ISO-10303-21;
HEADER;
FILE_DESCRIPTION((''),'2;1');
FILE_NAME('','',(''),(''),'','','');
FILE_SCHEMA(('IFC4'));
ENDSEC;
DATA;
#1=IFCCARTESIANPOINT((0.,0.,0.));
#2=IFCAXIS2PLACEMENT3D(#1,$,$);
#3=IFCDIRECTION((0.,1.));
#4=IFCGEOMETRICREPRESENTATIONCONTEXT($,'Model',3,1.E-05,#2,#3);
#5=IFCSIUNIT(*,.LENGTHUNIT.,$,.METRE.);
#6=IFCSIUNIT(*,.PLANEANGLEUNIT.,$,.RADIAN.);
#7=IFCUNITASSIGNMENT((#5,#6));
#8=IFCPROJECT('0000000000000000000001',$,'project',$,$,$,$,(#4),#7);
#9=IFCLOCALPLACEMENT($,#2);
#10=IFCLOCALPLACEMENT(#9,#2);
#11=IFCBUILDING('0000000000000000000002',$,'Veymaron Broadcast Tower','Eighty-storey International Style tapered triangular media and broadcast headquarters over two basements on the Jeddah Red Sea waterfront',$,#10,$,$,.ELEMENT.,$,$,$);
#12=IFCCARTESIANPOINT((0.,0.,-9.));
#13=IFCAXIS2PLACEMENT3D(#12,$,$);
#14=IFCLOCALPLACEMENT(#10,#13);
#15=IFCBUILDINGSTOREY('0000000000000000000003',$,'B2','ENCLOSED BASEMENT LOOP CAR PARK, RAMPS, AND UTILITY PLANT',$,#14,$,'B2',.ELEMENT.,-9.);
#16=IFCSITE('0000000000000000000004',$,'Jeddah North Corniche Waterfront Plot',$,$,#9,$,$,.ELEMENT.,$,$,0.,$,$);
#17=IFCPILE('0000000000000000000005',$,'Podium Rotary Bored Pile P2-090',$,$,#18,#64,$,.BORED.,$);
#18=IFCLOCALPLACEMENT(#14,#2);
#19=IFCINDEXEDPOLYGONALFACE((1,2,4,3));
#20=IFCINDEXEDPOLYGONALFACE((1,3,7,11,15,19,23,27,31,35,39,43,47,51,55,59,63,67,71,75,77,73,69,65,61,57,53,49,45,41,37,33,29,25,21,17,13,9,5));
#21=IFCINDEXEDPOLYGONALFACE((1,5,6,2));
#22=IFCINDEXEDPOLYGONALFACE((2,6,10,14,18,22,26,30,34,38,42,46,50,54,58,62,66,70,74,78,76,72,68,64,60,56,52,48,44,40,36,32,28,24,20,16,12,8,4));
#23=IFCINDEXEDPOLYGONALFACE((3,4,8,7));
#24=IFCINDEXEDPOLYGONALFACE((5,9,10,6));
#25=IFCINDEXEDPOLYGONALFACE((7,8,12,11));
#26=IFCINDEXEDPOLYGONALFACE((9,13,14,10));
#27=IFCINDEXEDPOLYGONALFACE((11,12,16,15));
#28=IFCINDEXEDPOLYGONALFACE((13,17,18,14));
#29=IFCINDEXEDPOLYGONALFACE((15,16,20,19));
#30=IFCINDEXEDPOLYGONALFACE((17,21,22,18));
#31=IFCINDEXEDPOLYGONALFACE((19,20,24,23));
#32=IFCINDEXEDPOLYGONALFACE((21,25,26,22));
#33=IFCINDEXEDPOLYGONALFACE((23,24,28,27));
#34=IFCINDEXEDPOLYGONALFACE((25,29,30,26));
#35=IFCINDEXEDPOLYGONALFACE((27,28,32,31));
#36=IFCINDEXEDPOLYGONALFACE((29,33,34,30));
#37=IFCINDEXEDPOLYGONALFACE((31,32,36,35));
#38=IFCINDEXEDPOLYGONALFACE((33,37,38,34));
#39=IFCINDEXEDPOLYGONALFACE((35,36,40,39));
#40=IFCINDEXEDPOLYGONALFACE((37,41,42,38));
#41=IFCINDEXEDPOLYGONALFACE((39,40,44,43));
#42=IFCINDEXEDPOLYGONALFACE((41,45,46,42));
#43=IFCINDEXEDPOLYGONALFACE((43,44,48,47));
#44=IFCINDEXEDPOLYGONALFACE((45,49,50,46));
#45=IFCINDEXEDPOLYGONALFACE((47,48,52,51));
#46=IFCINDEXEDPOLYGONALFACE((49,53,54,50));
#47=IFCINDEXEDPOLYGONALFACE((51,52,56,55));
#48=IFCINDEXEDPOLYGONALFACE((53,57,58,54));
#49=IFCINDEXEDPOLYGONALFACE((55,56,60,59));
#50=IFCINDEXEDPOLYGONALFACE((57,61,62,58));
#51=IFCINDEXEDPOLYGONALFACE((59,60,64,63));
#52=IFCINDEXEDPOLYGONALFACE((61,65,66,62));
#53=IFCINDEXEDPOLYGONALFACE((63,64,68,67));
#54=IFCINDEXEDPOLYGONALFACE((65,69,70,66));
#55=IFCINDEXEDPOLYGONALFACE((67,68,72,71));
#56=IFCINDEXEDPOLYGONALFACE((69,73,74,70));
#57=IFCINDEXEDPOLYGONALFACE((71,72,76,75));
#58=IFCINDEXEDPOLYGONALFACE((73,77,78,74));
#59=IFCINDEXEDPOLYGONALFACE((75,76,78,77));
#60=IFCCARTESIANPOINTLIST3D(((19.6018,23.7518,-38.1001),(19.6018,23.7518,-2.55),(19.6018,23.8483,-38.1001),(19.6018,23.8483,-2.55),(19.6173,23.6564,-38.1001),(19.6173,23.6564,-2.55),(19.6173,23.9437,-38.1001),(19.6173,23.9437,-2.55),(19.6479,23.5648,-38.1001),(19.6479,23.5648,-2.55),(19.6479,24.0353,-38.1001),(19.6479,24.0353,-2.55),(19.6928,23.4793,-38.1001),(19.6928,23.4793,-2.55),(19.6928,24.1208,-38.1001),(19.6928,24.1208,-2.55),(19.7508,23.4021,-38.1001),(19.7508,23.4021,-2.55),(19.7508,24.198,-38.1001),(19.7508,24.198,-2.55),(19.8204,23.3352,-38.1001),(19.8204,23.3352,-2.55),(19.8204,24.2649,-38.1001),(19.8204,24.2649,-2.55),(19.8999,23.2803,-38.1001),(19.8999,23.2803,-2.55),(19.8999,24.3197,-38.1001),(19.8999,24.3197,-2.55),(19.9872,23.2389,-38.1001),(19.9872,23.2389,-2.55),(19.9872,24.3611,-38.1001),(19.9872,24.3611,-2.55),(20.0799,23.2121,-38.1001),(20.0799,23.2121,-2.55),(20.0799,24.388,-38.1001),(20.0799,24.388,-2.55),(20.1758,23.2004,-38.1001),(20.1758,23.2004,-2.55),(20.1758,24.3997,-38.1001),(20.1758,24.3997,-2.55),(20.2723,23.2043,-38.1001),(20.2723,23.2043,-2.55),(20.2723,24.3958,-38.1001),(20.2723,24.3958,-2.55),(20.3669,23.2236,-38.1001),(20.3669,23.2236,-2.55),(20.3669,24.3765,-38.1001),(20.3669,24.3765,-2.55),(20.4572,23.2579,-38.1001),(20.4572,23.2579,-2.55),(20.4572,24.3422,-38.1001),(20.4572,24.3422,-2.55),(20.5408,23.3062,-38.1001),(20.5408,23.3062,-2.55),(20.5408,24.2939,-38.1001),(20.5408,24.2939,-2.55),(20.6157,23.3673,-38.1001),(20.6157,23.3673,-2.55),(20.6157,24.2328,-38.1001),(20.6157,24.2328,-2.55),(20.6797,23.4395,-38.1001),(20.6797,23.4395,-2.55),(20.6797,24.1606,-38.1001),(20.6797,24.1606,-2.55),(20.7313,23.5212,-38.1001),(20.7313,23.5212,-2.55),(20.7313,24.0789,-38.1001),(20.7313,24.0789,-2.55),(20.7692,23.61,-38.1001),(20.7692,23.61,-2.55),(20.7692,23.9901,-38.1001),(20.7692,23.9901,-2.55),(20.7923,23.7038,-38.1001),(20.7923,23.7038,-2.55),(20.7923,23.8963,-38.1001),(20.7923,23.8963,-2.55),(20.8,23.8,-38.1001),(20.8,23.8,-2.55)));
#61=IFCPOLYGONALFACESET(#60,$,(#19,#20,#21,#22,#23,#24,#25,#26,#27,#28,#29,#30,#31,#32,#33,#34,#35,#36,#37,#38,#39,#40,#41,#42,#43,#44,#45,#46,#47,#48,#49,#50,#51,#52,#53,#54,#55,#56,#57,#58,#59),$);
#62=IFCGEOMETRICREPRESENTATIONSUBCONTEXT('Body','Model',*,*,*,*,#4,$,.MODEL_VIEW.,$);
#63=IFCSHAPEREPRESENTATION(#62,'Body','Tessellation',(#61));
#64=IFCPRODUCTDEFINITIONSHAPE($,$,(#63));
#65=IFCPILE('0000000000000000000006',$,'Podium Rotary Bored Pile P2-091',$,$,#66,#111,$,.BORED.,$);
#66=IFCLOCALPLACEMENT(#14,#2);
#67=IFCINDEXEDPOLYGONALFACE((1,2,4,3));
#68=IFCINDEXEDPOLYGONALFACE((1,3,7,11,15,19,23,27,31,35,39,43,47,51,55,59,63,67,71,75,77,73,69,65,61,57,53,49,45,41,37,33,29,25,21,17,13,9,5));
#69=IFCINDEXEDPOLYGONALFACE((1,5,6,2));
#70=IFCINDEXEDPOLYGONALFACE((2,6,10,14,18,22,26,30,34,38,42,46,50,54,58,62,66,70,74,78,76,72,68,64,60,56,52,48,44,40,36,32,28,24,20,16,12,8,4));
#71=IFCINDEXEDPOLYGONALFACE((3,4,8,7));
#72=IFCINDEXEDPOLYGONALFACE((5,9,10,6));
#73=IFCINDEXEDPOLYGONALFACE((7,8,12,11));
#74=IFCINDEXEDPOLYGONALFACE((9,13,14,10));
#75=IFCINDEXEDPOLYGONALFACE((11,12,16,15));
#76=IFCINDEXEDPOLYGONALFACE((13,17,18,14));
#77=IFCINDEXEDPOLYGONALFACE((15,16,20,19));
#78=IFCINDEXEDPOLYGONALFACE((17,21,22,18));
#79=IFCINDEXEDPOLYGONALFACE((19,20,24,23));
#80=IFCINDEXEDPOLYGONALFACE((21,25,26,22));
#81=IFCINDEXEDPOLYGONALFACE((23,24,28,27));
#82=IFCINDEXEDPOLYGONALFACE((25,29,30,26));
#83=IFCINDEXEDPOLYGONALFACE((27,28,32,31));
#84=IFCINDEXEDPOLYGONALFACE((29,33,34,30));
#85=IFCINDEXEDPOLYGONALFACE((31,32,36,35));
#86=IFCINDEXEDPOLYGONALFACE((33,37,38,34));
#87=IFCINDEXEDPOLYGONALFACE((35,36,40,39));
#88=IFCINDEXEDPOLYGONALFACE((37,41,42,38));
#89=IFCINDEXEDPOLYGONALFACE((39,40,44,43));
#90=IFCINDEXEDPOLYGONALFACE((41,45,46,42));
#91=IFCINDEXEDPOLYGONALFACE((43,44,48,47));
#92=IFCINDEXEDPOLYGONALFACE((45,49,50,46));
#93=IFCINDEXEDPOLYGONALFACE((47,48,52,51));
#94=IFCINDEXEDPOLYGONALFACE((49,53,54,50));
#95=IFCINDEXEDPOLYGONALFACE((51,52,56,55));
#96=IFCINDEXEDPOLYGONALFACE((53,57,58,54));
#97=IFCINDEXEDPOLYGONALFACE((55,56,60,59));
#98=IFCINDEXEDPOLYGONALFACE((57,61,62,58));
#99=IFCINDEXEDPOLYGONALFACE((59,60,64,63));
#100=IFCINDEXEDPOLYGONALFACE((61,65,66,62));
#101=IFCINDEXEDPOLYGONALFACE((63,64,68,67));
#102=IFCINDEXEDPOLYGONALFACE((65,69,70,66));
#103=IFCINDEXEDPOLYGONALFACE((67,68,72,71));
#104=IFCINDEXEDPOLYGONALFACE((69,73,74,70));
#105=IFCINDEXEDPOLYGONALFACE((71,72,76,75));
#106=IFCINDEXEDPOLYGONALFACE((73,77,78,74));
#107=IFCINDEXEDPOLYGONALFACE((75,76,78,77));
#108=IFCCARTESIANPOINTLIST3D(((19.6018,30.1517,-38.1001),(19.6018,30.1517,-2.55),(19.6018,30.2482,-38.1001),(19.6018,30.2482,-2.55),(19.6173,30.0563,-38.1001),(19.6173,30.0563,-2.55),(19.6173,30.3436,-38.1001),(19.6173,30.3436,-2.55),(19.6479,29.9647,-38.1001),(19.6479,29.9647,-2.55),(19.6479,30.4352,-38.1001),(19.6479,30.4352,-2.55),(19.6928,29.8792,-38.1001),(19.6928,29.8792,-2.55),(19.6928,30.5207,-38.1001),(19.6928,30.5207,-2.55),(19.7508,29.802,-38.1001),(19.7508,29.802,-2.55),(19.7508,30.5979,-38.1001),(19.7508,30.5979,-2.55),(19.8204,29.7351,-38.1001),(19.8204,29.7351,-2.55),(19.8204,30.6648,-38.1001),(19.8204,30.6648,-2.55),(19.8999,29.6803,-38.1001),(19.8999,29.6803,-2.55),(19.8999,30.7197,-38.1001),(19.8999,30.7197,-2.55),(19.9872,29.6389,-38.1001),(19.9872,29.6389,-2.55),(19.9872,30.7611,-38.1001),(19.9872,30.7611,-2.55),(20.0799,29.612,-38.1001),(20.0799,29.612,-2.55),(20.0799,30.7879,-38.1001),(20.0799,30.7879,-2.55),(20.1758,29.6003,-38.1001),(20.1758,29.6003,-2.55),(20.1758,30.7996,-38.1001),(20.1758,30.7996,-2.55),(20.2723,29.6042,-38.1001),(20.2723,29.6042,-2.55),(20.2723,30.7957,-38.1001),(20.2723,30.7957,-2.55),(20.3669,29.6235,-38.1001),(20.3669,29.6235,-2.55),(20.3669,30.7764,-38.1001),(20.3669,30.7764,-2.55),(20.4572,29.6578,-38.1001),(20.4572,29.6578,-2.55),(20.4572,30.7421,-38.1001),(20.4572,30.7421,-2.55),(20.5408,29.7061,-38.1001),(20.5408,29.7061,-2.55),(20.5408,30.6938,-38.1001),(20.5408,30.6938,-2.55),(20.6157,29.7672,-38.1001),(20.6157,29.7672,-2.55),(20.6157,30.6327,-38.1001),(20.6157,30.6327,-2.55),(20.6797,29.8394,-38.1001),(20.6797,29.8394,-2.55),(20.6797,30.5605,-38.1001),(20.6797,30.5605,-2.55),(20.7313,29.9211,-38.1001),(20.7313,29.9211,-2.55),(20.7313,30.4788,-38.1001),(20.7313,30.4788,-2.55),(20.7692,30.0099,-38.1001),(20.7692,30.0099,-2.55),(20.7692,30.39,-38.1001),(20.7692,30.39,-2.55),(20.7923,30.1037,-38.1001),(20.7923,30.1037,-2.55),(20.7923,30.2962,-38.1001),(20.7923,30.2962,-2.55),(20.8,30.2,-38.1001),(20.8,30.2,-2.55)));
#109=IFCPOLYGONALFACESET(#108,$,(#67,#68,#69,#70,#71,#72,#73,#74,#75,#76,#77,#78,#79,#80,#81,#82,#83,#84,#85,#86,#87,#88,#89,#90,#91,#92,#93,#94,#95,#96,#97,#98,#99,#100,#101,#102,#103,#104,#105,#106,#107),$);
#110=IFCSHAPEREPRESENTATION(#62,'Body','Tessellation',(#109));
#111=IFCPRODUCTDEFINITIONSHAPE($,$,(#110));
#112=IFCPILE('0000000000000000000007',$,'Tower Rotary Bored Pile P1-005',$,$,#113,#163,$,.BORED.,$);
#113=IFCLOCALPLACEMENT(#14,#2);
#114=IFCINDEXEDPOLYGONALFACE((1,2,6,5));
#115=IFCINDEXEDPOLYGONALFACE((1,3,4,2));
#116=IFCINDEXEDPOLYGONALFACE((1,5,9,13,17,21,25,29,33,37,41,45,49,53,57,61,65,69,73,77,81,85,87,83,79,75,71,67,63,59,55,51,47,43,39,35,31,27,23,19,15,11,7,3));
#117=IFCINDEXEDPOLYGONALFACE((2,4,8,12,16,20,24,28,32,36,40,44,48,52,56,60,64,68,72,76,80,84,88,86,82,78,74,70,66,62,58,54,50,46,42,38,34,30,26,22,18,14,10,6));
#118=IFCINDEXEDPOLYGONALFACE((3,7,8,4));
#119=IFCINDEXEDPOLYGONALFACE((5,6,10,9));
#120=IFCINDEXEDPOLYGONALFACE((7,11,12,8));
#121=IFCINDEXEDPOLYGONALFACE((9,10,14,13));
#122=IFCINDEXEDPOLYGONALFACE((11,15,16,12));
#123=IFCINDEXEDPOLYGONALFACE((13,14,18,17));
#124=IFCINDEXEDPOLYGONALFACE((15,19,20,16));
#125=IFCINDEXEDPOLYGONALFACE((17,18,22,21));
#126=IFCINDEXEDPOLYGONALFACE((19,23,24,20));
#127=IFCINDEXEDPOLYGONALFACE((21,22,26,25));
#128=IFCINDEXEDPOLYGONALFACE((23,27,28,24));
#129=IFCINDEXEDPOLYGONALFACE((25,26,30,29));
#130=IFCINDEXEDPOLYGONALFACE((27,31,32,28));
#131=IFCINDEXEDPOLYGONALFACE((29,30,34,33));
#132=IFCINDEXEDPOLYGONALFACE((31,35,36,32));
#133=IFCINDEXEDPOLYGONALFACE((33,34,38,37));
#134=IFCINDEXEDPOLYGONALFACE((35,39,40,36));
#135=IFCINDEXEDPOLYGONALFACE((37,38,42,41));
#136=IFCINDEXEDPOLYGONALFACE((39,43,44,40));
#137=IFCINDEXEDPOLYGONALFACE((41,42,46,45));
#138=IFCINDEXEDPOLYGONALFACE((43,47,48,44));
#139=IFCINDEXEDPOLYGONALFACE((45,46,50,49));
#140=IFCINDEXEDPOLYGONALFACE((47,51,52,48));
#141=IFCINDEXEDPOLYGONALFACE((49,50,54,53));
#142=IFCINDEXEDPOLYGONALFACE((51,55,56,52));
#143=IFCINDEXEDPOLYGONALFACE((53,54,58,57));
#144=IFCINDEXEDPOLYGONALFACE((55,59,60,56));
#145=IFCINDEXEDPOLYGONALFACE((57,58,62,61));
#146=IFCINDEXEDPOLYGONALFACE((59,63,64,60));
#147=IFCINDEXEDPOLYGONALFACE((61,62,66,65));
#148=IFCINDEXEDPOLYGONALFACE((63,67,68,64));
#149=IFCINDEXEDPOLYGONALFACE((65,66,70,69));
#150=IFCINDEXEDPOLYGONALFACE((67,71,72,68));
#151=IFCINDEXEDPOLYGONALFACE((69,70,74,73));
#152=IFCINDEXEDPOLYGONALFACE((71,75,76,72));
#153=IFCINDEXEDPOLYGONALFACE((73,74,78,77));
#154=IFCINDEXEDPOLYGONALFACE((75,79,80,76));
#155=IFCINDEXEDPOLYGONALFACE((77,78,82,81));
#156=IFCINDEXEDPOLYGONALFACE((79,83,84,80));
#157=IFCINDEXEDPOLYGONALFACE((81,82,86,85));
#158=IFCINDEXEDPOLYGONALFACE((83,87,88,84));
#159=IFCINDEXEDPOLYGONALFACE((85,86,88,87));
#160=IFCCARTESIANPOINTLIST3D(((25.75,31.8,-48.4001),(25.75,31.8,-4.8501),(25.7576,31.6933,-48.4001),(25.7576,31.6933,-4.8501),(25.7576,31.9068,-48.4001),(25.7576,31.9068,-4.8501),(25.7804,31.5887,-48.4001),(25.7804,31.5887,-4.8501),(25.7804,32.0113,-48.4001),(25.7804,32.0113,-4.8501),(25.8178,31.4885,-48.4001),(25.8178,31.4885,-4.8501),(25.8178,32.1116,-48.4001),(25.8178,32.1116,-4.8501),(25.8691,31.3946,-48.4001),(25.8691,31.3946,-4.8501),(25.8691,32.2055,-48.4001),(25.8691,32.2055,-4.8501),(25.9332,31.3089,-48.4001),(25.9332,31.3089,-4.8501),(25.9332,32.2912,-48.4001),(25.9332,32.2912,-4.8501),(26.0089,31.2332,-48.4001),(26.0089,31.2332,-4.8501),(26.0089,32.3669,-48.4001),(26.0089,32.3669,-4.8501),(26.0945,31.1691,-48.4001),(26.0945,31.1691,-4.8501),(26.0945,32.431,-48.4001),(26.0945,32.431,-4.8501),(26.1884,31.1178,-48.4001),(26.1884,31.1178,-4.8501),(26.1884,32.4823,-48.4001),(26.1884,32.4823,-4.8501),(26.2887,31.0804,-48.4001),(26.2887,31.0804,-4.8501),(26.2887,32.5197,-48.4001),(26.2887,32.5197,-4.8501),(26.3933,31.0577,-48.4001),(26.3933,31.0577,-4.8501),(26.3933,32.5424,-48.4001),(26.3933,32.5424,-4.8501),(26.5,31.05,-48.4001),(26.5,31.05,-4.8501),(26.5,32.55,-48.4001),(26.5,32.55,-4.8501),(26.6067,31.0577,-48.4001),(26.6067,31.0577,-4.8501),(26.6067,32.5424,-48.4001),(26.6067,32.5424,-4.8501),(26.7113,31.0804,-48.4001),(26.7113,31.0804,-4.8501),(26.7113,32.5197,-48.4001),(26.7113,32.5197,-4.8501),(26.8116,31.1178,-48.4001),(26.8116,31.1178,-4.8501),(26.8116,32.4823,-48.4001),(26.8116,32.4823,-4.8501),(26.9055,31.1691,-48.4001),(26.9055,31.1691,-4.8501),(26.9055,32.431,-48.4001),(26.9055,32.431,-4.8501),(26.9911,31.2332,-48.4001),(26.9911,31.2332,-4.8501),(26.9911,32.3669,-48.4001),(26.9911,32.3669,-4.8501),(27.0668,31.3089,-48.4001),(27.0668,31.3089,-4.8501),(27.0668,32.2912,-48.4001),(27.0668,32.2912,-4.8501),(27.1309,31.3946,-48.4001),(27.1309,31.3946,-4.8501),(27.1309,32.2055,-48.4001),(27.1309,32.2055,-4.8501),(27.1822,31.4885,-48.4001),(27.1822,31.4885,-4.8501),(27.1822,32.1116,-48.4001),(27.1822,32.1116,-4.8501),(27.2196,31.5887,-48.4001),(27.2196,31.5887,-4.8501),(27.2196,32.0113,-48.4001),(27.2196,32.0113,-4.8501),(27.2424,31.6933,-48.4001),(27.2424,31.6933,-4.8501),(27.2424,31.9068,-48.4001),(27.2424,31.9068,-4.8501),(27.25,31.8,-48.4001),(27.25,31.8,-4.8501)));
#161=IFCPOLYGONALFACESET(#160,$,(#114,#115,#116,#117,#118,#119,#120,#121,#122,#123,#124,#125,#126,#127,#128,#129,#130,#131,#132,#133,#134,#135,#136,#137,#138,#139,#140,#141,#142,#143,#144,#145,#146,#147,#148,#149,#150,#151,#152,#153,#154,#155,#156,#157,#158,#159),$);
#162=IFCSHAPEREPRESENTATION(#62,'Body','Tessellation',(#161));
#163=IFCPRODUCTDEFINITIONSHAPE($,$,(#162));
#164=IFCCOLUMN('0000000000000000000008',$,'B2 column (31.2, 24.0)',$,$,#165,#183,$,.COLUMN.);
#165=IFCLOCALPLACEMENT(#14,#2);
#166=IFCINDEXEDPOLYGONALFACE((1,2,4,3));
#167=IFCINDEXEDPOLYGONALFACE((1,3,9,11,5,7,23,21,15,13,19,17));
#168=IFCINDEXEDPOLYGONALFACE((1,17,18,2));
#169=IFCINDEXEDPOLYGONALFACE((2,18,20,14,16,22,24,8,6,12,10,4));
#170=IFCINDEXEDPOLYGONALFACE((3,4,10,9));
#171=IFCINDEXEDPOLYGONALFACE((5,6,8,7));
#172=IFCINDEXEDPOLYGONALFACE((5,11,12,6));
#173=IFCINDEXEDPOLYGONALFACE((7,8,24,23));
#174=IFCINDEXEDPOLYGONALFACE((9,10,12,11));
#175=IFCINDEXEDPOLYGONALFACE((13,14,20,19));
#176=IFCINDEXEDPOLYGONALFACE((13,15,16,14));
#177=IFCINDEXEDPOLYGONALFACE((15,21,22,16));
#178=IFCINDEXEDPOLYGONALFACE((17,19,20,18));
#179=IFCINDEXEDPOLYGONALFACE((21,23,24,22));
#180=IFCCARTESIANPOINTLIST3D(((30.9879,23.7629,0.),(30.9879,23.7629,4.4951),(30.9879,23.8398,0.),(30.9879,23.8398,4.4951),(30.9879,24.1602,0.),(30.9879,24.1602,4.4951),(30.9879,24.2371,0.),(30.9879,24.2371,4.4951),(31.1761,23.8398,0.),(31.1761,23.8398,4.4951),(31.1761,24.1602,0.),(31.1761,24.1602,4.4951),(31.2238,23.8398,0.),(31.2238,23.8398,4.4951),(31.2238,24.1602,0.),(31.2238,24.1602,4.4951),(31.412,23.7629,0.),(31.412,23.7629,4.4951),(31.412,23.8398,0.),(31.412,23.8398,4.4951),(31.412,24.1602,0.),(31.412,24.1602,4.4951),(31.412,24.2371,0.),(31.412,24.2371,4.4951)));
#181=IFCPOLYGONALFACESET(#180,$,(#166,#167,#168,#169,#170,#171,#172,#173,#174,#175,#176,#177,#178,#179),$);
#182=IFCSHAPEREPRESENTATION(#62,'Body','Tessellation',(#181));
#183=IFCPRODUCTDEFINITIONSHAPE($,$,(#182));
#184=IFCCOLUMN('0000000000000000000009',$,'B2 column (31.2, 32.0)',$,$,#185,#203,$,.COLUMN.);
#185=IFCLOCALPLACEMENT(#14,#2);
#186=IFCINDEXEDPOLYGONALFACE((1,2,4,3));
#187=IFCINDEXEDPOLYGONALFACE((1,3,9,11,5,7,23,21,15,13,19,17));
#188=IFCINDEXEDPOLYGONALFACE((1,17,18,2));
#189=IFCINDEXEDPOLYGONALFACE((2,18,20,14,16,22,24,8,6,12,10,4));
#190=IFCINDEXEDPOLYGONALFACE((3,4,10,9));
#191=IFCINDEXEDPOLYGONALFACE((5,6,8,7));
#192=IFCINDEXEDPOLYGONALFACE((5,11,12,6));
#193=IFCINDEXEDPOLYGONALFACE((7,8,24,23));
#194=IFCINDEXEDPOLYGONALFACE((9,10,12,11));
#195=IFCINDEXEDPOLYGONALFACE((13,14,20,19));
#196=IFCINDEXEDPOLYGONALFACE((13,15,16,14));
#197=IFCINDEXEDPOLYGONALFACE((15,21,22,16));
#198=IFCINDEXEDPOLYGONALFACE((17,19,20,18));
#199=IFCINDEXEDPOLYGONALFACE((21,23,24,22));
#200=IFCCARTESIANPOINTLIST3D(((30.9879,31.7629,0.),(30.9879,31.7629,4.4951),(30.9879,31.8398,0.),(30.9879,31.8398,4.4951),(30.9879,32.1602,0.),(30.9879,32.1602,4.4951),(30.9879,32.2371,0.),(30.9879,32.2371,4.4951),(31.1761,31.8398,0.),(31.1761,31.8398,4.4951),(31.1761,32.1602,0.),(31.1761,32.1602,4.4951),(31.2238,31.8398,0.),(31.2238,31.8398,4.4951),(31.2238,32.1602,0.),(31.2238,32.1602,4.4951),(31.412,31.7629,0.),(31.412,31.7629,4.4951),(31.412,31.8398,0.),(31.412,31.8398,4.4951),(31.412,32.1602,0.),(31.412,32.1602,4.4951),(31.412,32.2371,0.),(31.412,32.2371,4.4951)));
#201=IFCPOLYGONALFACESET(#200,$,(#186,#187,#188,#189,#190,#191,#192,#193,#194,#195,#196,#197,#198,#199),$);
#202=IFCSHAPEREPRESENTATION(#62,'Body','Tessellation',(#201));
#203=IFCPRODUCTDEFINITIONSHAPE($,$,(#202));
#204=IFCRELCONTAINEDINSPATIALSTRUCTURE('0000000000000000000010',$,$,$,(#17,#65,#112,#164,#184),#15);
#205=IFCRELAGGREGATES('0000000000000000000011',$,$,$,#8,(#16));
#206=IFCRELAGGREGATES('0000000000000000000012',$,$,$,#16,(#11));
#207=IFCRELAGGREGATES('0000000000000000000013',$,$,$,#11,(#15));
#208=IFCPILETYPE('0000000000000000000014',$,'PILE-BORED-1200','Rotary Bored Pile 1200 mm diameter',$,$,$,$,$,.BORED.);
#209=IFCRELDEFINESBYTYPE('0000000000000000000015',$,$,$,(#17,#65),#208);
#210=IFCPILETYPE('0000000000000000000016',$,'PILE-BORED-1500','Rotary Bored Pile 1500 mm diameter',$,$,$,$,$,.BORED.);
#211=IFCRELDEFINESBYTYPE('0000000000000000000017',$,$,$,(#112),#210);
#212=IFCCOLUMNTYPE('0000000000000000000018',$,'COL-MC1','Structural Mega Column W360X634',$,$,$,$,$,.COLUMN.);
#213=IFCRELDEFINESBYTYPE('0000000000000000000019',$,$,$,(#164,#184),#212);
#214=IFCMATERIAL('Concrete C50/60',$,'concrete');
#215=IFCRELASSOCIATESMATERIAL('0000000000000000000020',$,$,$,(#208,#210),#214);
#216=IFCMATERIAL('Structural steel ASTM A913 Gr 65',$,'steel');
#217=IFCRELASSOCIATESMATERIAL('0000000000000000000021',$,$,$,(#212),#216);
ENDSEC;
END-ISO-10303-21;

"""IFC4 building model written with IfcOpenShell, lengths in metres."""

from ifc_helpers import new_model, si_unit, direction, frame, origin, origin_2d, place, context, subcontext, project, spatial, circle, i_section, extrude, material, material_profile, profile_set, type_object, element, save


model = new_model("IFC4")

# Units and contexts
model_context = context("Model", 3, precision=1e-05, world=origin(), true_north=direction((0.0, 1.0)))
body_context = subcontext(model_context, "Body", "Model", "MODEL_VIEW")
ifc_project = project(units=[si_unit("LENGTHUNIT", "METRE"), si_unit("PLANEANGLEUNIT", "RADIAN")], contexts=[model_context])

# Site, building, storey
site_placement = place(None, origin())
site = spatial("IfcSite", under=ifc_project, at=site_placement, Name="Jeddah North Corniche Waterfront Plot", CompositionType="ELEMENT", RefElevation=0.0)
building_placement = place(site_placement, origin())
building = spatial("IfcBuilding", under=site, at=building_placement, Name="Veymaron Broadcast Tower", Description="Eighty-storey International Style tapered triangular media and broadcast headquarters over two basements on the Jeddah Red Sea waterfront", CompositionType="ELEMENT")
storey_placement = place(building_placement, frame((0.0, 0.0, -9.0)))
storey = spatial("IfcBuildingStorey", under=building, at=storey_placement, Name="B2", Description="ENCLOSED BASEMENT LOOP CAR PARK, RAMPS, AND UTILITY PLANT", LongName="B2", CompositionType="ELEMENT", Elevation=-9.0)

# Shared definitions
ifc_material_1 = material(Name="Concrete C50/60", Category="concrete")

# Piles
ifc_material_profile_1 = material_profile(ifc_material_1, circle(Radius=0.6001, at=origin_2d()), Name="PILE1200")
ifc_profile_set_1 = profile_set([ifc_material_profile_1], Name="Concrete C50/60")
pile_type_1 = type_object("IfcPileType", Name="PILE-BORED-1200", Description="Rotary Bored Pile 1200 mm diameter", PredefinedType="BORED", material=ifc_profile_set_1)
for number, where, z_axis, x_axis, name in (
    (1, (20.2, 23.8, -2.55), (0.0, 0.0, -1.0), (1.0, 0.0, 0.0), "Podium Rotary Bored Pile P2-090"),
    (2, (20.2, 30.2, -2.55), (0.0, 0.0, -1.0), (1.0, 0.0, 0.0), "Podium Rotary Bored Pile P2-091"),
):
    element("IfcPile", number, at=place(storey_placement, frame(where, z_axis=z_axis, x_axis=x_axis)), inside=storey, type_object=pile_type_1, Name=name, PredefinedType="BORED", context=body_context, shape_type="SweptSolid", body=[
        extrude(circle(Radius=0.6001, at=origin_2d()), origin(), (0.0, 0.0, 1.0), 35.55),
    ])
ifc_material_profile_2 = material_profile(ifc_material_1, circle(Radius=0.75, at=origin_2d()), Name="PILE1500")
ifc_profile_set_2 = profile_set([ifc_material_profile_2], Name="Concrete C50/60")
pile_type_2 = type_object("IfcPileType", Name="PILE-BORED-1500", Description="Rotary Bored Pile 1500 mm diameter", PredefinedType="BORED", material=ifc_profile_set_2)
pile_placement = place(storey_placement, frame((26.5, 31.8, -4.8501), z_axis=(0.0, 0.0, -1.0), x_axis=(1.0, 0.0, 0.0)))
element("IfcPile", 3, at=pile_placement, inside=storey, type_object=pile_type_2, Name="Tower Rotary Bored Pile P1-005", PredefinedType="BORED", context=body_context, shape_type="SweptSolid", body=[
    extrude(circle(Radius=0.75, at=origin_2d()), origin(), (0.0, 0.0, 1.0), 43.55),
])

# Columns
ifc_material_2 = material(Name="Structural steel ASTM A913 Gr 65", Category="steel")
ifc_material_profile_3 = material_profile(ifc_material_2, i_section(OverallWidth=0.4241, OverallDepth=0.4741, WebThickness=0.0476, FlangeThickness=0.0769, at=origin_2d()), Name="W360X634")
ifc_profile_set_3 = profile_set([ifc_material_profile_3], Name="Structural steel ASTM A913 Gr 65")
column_type_1 = type_object("IfcColumnType", Name="COL-MC1", Description="Structural Mega Column W360X634", PredefinedType="COLUMN", material=ifc_profile_set_3)
for number, where, z_axis, x_axis, name in (
    (4, (31.2, 24.0, 0.0), (0.0, 0.0, 1.0), (1.0, 0.0, 0.0), "B2 column (31.2, 24.0)"),
    (5, (31.2, 32.0, 0.0), (0.0, 0.0, 1.0), (1.0, 0.0, 0.0), "B2 column (31.2, 32.0)"),
):
    element("IfcColumn", number, at=place(storey_placement, frame(where, z_axis=z_axis, x_axis=x_axis)), inside=storey, type_object=column_type_1, Name=name, PredefinedType="COLUMN", context=body_context, shape_type="SweptSolid", body=[
        extrude(i_section(OverallWidth=0.4241, OverallDepth=0.4741, WebThickness=0.0476, FlangeThickness=0.0769, at=origin_2d()), origin(), (0.0, 0.0, 1.0), 4.4951),
    ])

save(model, "model.ifc")
